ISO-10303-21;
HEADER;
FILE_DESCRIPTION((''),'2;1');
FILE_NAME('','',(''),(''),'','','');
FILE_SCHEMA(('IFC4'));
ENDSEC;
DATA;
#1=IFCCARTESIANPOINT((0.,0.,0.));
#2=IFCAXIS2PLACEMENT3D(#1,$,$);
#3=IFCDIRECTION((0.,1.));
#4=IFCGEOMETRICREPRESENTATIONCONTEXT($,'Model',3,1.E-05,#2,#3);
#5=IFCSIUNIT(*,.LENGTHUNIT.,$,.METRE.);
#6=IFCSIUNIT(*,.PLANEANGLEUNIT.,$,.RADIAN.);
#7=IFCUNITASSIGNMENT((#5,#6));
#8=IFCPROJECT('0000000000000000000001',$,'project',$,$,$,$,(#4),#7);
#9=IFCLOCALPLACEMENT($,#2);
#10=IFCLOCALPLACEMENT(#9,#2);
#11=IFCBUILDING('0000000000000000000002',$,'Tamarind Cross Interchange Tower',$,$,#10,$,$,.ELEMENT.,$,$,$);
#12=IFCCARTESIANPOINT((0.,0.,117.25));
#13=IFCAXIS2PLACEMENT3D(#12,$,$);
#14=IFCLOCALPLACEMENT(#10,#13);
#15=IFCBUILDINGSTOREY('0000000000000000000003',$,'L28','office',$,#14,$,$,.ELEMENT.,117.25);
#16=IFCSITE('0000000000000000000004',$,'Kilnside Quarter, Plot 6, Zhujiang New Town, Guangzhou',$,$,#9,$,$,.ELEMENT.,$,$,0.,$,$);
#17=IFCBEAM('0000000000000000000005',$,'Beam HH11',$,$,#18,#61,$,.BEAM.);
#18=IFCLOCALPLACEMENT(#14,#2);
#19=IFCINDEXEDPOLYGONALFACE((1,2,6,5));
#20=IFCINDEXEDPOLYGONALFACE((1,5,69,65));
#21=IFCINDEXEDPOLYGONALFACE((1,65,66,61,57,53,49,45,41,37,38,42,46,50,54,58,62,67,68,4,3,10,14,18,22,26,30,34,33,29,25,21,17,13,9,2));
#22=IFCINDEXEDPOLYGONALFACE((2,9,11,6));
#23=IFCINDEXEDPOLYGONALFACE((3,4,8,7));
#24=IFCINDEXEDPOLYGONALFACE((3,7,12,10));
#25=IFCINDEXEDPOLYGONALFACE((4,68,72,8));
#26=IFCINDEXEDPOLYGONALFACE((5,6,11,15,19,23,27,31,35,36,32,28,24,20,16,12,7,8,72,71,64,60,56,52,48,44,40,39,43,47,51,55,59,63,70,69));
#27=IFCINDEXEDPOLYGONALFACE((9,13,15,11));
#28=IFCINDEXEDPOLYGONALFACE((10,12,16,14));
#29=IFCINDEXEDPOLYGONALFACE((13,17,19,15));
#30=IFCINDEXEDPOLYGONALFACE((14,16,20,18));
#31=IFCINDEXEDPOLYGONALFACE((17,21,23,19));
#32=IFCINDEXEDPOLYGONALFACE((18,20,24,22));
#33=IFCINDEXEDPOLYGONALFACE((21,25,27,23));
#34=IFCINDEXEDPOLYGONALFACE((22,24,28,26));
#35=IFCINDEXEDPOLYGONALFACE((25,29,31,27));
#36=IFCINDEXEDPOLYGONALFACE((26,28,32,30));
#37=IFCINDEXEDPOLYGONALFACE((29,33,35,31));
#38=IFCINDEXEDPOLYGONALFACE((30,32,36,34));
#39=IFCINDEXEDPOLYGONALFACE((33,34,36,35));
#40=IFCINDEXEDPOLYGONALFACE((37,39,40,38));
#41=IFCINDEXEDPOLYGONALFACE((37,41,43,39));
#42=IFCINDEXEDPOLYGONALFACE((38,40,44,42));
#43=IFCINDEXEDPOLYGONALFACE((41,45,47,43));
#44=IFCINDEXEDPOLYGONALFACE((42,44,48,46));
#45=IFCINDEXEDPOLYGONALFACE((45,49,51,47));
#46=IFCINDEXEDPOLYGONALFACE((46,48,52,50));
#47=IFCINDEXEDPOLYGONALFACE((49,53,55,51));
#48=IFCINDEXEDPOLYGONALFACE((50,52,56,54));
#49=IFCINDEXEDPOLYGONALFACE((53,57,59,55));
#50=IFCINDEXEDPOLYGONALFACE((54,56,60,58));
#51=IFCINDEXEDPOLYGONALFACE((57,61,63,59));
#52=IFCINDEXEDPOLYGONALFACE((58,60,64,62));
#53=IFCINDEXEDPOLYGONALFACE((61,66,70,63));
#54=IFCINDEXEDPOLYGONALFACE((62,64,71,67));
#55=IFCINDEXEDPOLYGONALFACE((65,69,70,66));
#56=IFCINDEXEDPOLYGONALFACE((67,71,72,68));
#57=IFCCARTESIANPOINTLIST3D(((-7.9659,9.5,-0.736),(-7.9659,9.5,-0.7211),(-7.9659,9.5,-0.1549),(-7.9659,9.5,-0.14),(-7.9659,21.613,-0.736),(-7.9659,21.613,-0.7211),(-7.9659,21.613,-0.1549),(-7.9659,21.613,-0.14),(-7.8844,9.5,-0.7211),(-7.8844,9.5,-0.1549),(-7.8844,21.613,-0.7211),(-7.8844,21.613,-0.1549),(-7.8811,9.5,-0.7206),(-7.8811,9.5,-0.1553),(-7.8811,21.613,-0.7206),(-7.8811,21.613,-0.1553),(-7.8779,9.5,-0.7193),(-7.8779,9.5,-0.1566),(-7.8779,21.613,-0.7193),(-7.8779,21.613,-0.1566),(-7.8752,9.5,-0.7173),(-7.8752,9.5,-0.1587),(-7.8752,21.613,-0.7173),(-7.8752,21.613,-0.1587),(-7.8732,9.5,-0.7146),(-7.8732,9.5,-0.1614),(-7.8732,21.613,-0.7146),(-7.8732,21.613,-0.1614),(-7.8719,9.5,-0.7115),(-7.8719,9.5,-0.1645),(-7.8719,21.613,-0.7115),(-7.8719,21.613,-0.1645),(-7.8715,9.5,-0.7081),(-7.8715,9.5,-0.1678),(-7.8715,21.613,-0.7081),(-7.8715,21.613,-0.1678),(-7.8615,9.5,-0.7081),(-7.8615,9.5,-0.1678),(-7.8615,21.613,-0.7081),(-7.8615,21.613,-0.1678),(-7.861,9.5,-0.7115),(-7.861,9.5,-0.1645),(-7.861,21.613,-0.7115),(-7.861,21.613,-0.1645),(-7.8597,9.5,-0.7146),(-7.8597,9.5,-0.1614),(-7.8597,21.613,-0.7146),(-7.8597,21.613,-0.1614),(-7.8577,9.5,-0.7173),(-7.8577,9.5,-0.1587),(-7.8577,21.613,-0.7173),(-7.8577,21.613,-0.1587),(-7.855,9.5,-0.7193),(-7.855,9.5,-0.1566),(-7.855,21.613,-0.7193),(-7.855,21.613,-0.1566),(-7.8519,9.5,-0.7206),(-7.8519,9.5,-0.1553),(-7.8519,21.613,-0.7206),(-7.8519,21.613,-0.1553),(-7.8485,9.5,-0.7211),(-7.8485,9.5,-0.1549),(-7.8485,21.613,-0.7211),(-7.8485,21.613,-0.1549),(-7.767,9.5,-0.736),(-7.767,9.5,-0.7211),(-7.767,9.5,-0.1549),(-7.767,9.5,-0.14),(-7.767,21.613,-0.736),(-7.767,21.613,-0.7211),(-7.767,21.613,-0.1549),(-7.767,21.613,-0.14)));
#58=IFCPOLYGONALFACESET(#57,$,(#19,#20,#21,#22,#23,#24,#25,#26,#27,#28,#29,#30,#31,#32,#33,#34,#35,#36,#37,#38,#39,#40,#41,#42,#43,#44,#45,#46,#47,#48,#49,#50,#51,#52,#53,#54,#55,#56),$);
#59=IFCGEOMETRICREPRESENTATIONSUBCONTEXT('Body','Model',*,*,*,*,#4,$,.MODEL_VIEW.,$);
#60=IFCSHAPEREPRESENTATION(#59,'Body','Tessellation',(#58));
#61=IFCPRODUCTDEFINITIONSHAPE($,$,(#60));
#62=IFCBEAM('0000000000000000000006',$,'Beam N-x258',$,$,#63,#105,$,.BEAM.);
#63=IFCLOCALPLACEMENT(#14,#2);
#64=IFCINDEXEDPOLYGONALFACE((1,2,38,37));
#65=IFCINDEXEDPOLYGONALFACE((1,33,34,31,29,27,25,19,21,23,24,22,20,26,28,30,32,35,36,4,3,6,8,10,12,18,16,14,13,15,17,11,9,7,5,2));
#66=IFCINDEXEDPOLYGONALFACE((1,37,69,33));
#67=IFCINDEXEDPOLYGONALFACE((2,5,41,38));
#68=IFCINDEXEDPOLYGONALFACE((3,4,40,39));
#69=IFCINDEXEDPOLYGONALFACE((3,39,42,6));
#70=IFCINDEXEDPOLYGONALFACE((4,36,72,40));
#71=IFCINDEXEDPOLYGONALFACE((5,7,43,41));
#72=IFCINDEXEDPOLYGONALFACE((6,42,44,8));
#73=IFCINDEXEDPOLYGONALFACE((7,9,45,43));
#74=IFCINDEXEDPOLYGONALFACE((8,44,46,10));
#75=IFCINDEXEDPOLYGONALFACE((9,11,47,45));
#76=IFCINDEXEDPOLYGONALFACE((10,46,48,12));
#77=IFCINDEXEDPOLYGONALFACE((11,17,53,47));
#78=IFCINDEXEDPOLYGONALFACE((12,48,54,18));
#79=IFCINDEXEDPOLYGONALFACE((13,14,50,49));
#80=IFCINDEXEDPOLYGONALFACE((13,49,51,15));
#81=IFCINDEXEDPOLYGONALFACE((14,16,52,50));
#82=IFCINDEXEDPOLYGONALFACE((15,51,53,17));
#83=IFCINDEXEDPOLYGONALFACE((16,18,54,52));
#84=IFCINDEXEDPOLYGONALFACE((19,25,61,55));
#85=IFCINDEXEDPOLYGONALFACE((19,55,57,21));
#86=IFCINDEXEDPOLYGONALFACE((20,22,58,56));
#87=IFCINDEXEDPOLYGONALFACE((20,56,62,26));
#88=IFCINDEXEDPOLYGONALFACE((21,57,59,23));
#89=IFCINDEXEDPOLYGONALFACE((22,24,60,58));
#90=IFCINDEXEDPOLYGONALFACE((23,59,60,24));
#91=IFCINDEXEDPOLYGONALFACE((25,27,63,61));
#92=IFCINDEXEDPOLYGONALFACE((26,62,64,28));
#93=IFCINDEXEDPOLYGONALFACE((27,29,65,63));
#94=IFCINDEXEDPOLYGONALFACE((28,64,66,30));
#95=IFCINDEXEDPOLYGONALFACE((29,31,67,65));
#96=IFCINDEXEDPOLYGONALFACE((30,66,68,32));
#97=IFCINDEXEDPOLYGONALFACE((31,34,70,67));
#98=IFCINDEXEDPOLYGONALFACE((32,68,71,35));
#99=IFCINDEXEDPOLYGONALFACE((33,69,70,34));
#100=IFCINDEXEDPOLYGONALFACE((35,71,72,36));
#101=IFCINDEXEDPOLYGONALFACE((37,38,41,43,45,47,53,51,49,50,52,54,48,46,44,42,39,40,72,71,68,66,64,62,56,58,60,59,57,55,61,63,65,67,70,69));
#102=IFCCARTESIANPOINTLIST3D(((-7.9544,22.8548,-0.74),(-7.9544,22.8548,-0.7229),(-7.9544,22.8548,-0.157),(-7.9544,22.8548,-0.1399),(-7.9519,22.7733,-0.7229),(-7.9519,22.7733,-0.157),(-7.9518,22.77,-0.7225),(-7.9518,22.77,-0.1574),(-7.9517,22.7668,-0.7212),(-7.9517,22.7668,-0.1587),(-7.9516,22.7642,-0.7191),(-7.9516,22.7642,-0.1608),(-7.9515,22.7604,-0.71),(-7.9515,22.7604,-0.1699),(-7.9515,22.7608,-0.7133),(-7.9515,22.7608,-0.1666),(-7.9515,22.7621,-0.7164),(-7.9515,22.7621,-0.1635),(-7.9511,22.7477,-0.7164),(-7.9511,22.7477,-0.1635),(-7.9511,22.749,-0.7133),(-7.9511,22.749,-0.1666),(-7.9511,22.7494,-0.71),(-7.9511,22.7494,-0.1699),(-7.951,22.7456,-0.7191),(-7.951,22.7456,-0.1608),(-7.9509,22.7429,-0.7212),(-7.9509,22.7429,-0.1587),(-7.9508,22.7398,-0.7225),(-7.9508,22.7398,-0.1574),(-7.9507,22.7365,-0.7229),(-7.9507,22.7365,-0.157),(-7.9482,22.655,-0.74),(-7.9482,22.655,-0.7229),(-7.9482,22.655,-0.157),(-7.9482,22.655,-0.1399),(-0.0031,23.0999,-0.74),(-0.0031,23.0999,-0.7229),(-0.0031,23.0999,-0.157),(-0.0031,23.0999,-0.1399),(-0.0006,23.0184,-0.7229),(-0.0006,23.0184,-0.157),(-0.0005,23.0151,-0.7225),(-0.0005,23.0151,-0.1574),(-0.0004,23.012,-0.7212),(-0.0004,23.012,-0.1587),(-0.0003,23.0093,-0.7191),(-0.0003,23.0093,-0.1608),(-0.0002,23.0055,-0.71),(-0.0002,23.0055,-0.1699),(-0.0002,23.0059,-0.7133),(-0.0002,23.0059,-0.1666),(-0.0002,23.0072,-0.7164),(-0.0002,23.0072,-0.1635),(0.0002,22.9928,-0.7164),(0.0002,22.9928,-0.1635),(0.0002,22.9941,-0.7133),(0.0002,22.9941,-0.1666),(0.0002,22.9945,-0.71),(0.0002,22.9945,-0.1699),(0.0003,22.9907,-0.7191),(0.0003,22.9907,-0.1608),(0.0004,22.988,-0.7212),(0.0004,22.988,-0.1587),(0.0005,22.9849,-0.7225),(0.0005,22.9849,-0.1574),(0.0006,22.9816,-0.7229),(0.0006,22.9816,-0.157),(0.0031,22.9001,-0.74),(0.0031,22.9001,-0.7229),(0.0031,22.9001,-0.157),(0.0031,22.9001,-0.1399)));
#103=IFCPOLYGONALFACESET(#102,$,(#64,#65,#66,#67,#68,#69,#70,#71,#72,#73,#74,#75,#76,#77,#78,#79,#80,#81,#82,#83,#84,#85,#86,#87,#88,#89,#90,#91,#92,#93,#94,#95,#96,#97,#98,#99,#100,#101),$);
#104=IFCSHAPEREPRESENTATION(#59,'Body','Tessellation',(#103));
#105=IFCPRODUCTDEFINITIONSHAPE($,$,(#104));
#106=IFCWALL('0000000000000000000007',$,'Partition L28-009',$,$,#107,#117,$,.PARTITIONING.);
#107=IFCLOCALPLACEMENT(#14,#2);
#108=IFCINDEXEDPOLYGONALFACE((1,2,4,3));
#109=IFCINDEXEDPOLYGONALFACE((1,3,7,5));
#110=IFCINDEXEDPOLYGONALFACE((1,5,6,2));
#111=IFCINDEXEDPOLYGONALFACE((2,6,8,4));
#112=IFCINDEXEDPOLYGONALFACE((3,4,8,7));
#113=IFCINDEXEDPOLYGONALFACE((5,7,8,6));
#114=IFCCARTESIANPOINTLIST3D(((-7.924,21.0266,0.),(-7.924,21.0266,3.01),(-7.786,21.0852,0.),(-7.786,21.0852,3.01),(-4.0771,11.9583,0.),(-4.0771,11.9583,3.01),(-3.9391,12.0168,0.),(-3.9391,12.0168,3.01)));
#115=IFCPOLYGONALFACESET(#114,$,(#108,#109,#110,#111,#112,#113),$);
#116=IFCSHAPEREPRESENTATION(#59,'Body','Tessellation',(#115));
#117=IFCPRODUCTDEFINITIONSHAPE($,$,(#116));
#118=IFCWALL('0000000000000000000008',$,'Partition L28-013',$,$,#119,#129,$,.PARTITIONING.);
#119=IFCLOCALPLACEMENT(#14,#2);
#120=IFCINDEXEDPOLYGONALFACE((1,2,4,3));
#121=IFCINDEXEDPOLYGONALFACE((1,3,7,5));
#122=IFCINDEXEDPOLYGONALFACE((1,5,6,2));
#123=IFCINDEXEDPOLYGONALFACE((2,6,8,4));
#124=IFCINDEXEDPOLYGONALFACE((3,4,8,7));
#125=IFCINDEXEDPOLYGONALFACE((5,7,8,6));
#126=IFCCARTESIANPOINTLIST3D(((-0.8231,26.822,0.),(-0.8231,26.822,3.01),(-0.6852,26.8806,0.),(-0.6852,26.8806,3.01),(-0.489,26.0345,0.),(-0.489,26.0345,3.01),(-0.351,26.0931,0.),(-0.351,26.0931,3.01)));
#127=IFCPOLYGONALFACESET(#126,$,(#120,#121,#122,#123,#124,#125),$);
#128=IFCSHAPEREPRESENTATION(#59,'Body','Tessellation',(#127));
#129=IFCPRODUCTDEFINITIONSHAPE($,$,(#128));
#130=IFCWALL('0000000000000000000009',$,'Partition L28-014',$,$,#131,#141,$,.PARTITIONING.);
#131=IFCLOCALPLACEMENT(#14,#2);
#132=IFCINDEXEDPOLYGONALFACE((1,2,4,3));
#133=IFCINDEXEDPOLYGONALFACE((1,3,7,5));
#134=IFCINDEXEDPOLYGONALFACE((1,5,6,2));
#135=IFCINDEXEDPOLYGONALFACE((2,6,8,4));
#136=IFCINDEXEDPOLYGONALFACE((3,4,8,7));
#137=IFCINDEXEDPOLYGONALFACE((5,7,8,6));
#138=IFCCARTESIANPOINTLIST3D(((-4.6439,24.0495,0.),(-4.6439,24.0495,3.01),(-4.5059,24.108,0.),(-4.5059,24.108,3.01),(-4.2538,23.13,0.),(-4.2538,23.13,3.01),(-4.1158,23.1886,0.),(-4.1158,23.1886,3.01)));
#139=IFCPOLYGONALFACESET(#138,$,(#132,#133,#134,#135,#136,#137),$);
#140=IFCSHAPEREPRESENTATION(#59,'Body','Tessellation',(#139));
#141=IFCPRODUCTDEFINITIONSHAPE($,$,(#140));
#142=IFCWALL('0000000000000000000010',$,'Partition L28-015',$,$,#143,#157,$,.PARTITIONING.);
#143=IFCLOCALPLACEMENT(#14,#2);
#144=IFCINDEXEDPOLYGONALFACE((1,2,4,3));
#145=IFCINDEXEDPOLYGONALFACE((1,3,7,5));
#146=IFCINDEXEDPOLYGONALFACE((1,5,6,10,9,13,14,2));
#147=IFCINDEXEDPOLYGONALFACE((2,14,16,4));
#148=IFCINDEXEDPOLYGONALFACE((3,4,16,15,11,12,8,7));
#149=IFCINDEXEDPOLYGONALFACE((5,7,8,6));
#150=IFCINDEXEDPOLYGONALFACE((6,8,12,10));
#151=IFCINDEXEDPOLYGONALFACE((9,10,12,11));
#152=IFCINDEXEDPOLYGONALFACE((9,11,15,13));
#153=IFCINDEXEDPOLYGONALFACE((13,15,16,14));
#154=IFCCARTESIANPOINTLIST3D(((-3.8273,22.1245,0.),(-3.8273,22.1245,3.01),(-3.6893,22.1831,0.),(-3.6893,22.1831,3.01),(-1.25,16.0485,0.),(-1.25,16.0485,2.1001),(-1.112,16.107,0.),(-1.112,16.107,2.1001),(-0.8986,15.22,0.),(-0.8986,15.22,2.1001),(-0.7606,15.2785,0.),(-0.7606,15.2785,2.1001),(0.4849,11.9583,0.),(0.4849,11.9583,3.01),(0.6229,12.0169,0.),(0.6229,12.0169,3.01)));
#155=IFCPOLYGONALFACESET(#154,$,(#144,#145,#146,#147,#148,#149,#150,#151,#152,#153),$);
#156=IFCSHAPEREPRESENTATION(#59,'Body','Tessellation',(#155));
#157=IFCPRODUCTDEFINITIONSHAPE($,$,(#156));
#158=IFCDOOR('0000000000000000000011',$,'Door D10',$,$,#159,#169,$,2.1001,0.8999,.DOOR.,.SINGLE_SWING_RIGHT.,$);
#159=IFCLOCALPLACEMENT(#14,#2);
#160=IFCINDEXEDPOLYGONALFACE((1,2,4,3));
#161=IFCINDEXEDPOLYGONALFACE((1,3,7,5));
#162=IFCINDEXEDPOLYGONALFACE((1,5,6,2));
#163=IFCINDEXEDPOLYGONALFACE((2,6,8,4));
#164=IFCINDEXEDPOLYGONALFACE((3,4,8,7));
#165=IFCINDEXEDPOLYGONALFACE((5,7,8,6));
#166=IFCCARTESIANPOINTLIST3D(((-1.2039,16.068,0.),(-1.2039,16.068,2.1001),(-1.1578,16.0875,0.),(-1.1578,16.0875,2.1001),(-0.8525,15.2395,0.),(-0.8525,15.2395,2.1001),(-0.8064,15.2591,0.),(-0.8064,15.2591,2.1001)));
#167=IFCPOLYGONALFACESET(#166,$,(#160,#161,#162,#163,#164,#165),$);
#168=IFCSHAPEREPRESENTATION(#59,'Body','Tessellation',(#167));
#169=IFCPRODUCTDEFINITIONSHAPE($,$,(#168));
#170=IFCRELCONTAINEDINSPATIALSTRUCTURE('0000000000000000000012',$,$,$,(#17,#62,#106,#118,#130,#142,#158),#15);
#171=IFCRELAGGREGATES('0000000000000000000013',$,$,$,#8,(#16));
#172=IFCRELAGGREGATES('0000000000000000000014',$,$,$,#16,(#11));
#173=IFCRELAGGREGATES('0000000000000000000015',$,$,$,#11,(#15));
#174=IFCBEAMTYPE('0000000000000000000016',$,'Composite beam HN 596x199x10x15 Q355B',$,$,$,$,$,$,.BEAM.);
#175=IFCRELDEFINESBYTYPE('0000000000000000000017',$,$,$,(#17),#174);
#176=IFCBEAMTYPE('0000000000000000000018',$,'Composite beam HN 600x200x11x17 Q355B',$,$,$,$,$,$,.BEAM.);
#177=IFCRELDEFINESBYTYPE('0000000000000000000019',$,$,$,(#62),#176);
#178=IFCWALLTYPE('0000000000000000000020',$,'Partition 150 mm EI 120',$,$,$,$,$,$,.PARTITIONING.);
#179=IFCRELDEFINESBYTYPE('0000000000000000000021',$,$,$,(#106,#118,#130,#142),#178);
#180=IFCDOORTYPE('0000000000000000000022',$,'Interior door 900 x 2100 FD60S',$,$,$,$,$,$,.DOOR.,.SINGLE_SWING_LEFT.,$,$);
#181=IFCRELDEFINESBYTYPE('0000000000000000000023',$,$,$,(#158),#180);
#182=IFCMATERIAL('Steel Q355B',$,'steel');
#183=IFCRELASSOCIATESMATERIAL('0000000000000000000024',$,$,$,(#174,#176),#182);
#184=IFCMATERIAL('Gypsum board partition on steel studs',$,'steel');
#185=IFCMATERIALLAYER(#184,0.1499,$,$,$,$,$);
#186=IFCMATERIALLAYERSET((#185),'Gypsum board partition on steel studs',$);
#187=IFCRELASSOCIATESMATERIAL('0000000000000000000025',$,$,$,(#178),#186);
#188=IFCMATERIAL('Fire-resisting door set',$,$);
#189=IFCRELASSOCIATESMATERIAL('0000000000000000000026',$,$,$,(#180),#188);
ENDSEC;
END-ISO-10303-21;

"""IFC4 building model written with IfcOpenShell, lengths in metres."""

from ifc_helpers import new_model, si_unit, direction, frame, frame_2d, origin, origin_2d, place, context, subcontext, project, spatial, rectangle, i_section, extrude, material, layer, layer_set, material_profile, profile_set, type_object, element, fill, save


model = new_model("IFC4")

# Units and contexts
model_context = context("Model", 3, precision=1e-05, world=origin(), true_north=direction((0.0, 1.0)))
body_context = subcontext(model_context, "Body", "Model", "MODEL_VIEW")
ifc_project = project(units=[si_unit("LENGTHUNIT", "METRE"), si_unit("PLANEANGLEUNIT", "RADIAN")], contexts=[model_context])

# Site, building, storey
site_placement = place(None, origin())
site = spatial("IfcSite", under=ifc_project, at=site_placement, Name="Kilnside Quarter, Plot 6, Zhujiang New Town, Guangzhou", CompositionType="ELEMENT", RefElevation=0.0)
building_placement = place(site_placement, origin())
building = spatial("IfcBuilding", under=site, at=building_placement, Name="Tamarind Cross Interchange Tower", CompositionType="ELEMENT")
storey_placement = place(building_placement, frame((0.0, 0.0, 117.25)))
storey = spatial("IfcBuildingStorey", under=building, at=storey_placement, Name="L28", Description="office", CompositionType="ELEMENT", Elevation=117.25)

# Beams
ifc_material_1 = material(Name="Steel Q355B", Category="steel")
ifc_material_profile_1 = material_profile(ifc_material_1, i_section(OverallWidth=0.199, OverallDepth=0.5959, WebThickness=0.01, FlangeThickness=0.0149, FilletRadius=0.0129, at=origin_2d()), Name="HN 596x199x10x15")
ifc_profile_set_1 = profile_set([ifc_material_profile_1], Name="Steel Q355B")
beam_type_1 = type_object("IfcBeamType", Name="Composite beam HN 596x199x10x15 Q355B", PredefinedType="BEAM", material=ifc_profile_set_1)
beam_1_placement = place(storey_placement, frame((-7.8665, 21.613, -0.438), z_axis=(0.0, -1.0, 0.0), x_axis=(1.0, 0.0, 0.0)))
element("IfcBeam", 1, at=beam_1_placement, inside=storey, type_object=beam_type_1, Name="Beam HH11", PredefinedType="BEAM", context=body_context, shape_type="SweptSolid", body=[
    extrude(i_section(OverallWidth=0.199, OverallDepth=0.5959, WebThickness=0.01, FlangeThickness=0.0149, FilletRadius=0.0129, at=origin_2d()), origin(), (0.0, 0.0, 1.0), 12.113),
])
ifc_material_profile_2 = material_profile(ifc_material_1, i_section(OverallWidth=0.2, OverallDepth=0.6001, WebThickness=0.011, FlangeThickness=0.0171, FilletRadius=0.0129, at=origin_2d()), Name="HN 600x200x11x17")
ifc_profile_set_2 = profile_set([ifc_material_profile_2], Name="Steel Q355B")
beam_type_2 = type_object("IfcBeamType", Name="Composite beam HN 600x200x11x17 Q355B", PredefinedType="BEAM", material=ifc_profile_set_2)
beam_2_placement = place(storey_placement, frame((0.0, 23.0, -0.4399), z_axis=(-0.999525, -0.030812, 0.0), x_axis=(0.030812, -0.999525, 0.0)))
element("IfcBeam", 2, at=beam_2_placement, inside=storey, type_object=beam_type_2, Name="Beam N-x258", PredefinedType="BEAM", context=body_context, shape_type="SweptSolid", body=[
    extrude(i_section(OverallWidth=0.2, OverallDepth=0.6001, WebThickness=0.011, FlangeThickness=0.0171, FilletRadius=0.0129, at=origin_2d()), origin(), (0.0, 0.0, 1.0), 7.9551),
])

# Walls
ifc_material_2 = material(Name="Gypsum board partition on steel studs", Category="steel")
ifc_layer_1 = layer(ifc_material_2, 0.1499)
ifc_layer_set_1 = layer_set([ifc_layer_1], Name="Gypsum board partition on steel studs")
wall_type_1 = type_object("IfcWallType", Name="Partition 150 mm EI 120", PredefinedType="PARTITIONING", material=ifc_layer_set_1)
wall_1_placement = place(storey_placement, frame((-7.855, 21.0559, 0.0), z_axis=(0.0, 0.0, 1.0), x_axis=(0.390528, -0.920591, 0.0)))
element("IfcWall", 3, at=wall_1_placement, inside=storey, type_object=wall_type_1, Name="Partition L28-009", PredefinedType="PARTITIONING", context=body_context, shape_type="SweptSolid", body=[
    extrude(rectangle(XDim=9.8506, YDim=0.1499, at=frame_2d((4.9253, 0.0))), origin(), (0.0, 0.0, 1.0), 3.01),
])
wall_2_placement = place(storey_placement, frame((-0.7542, 26.8513, 0.0), z_axis=(0.0, 0.0, 1.0), x_axis=(0.390645, -0.920541, 0.0)))
element("IfcWall", 4, at=wall_2_placement, inside=storey, type_object=wall_type_1, Name="Partition L28-013", PredefinedType="PARTITIONING", context=body_context, shape_type="SweptSolid", body=[
    extrude(rectangle(XDim=0.8555, YDim=0.1499, at=frame_2d((0.4277, 0.0))), origin(), (0.0, 0.0, 1.0), 3.01),
])
wall_3_placement = place(storey_placement, frame((-4.575, 24.0789, 0.0), z_axis=(0.0, 0.0, 1.0), x_axis=(0.390613, -0.920555, 0.0)))
element("IfcWall", 5, at=wall_3_placement, inside=storey, type_object=wall_type_1, Name="Partition L28-014", PredefinedType="PARTITIONING", context=body_context, shape_type="SweptSolid", body=[
    extrude(rectangle(XDim=0.9988, YDim=0.1499, at=frame_2d((0.4995, 0.0))), origin(), (0.0, 0.0, 1.0), 3.01),
])

# Wall, opening, door
wall_4_placement = place(storey_placement, frame((-3.7583, 22.1538, 0.0), z_axis=(0.0, 0.0, 1.0), x_axis=(0.390496, -0.920605, 0.0)))
wall_4 = element("IfcWall", 6, at=wall_4_placement, inside=storey, type_object=wall_type_1, Name="Partition L28-015", PredefinedType="PARTITIONING", context=body_context, shape_type="SweptSolid", body=[
    extrude(rectangle(XDim=11.043, YDim=0.1499, at=frame_2d((5.5215, 0.0))), origin(), (0.0, 0.0, 1.0), 3.01),
])
opening_1_placement = place(wall_4_placement, frame((6.6001, 0.0, 0.0)))
opening_1 = element("IfcOpeningElement", 7, at=opening_1_placement, cuts=wall_4, PredefinedType="OPENING", context=body_context, shape_type="SweptSolid", body=[
    extrude(rectangle(XDim=0.8999, YDim=2.1001, at=frame_2d((0.45, 1.05))), frame((0.0, 0.085, 0.0), z_axis=(0.0, -1.0, 0.0), x_axis=(1.0, 0.0, 0.0)), (0.0, 0.0, 1.0), 0.1699),
])
ifc_material_3 = material(Name="Fire-resisting door set")
door_type_1 = type_object("IfcDoorType", Name="Interior door 900 x 2100 FD60S", OperationType="SINGLE_SWING_LEFT", PredefinedType="DOOR", material=ifc_material_3)
door_1_placement = place(opening_1_placement, frame((0.8999, 0.0, 0.0), z_axis=(0.0, 0.0, 1.0), x_axis=(-1.0, 0.0, 0.0)))
door_1 = element("IfcDoor", 8, at=door_1_placement, inside=storey, type_object=door_type_1, Name="Door D10", OperationType="SINGLE_SWING_RIGHT", OverallHeight=2.1001, OverallWidth=0.8999, PredefinedType="DOOR", context=body_context, shape_type="SweptSolid", body=[
    extrude(rectangle(XDim=0.8999, YDim=2.1001, at=frame_2d((0.45, 1.05))), frame((0.0, 0.0249, 0.0), z_axis=(0.0, -1.0, 0.0), x_axis=(1.0, 0.0, 0.0)), (0.0, 0.0, 1.0), 0.05),
])
fill(opening_1, door_1)

save(model, "model.ifc")
